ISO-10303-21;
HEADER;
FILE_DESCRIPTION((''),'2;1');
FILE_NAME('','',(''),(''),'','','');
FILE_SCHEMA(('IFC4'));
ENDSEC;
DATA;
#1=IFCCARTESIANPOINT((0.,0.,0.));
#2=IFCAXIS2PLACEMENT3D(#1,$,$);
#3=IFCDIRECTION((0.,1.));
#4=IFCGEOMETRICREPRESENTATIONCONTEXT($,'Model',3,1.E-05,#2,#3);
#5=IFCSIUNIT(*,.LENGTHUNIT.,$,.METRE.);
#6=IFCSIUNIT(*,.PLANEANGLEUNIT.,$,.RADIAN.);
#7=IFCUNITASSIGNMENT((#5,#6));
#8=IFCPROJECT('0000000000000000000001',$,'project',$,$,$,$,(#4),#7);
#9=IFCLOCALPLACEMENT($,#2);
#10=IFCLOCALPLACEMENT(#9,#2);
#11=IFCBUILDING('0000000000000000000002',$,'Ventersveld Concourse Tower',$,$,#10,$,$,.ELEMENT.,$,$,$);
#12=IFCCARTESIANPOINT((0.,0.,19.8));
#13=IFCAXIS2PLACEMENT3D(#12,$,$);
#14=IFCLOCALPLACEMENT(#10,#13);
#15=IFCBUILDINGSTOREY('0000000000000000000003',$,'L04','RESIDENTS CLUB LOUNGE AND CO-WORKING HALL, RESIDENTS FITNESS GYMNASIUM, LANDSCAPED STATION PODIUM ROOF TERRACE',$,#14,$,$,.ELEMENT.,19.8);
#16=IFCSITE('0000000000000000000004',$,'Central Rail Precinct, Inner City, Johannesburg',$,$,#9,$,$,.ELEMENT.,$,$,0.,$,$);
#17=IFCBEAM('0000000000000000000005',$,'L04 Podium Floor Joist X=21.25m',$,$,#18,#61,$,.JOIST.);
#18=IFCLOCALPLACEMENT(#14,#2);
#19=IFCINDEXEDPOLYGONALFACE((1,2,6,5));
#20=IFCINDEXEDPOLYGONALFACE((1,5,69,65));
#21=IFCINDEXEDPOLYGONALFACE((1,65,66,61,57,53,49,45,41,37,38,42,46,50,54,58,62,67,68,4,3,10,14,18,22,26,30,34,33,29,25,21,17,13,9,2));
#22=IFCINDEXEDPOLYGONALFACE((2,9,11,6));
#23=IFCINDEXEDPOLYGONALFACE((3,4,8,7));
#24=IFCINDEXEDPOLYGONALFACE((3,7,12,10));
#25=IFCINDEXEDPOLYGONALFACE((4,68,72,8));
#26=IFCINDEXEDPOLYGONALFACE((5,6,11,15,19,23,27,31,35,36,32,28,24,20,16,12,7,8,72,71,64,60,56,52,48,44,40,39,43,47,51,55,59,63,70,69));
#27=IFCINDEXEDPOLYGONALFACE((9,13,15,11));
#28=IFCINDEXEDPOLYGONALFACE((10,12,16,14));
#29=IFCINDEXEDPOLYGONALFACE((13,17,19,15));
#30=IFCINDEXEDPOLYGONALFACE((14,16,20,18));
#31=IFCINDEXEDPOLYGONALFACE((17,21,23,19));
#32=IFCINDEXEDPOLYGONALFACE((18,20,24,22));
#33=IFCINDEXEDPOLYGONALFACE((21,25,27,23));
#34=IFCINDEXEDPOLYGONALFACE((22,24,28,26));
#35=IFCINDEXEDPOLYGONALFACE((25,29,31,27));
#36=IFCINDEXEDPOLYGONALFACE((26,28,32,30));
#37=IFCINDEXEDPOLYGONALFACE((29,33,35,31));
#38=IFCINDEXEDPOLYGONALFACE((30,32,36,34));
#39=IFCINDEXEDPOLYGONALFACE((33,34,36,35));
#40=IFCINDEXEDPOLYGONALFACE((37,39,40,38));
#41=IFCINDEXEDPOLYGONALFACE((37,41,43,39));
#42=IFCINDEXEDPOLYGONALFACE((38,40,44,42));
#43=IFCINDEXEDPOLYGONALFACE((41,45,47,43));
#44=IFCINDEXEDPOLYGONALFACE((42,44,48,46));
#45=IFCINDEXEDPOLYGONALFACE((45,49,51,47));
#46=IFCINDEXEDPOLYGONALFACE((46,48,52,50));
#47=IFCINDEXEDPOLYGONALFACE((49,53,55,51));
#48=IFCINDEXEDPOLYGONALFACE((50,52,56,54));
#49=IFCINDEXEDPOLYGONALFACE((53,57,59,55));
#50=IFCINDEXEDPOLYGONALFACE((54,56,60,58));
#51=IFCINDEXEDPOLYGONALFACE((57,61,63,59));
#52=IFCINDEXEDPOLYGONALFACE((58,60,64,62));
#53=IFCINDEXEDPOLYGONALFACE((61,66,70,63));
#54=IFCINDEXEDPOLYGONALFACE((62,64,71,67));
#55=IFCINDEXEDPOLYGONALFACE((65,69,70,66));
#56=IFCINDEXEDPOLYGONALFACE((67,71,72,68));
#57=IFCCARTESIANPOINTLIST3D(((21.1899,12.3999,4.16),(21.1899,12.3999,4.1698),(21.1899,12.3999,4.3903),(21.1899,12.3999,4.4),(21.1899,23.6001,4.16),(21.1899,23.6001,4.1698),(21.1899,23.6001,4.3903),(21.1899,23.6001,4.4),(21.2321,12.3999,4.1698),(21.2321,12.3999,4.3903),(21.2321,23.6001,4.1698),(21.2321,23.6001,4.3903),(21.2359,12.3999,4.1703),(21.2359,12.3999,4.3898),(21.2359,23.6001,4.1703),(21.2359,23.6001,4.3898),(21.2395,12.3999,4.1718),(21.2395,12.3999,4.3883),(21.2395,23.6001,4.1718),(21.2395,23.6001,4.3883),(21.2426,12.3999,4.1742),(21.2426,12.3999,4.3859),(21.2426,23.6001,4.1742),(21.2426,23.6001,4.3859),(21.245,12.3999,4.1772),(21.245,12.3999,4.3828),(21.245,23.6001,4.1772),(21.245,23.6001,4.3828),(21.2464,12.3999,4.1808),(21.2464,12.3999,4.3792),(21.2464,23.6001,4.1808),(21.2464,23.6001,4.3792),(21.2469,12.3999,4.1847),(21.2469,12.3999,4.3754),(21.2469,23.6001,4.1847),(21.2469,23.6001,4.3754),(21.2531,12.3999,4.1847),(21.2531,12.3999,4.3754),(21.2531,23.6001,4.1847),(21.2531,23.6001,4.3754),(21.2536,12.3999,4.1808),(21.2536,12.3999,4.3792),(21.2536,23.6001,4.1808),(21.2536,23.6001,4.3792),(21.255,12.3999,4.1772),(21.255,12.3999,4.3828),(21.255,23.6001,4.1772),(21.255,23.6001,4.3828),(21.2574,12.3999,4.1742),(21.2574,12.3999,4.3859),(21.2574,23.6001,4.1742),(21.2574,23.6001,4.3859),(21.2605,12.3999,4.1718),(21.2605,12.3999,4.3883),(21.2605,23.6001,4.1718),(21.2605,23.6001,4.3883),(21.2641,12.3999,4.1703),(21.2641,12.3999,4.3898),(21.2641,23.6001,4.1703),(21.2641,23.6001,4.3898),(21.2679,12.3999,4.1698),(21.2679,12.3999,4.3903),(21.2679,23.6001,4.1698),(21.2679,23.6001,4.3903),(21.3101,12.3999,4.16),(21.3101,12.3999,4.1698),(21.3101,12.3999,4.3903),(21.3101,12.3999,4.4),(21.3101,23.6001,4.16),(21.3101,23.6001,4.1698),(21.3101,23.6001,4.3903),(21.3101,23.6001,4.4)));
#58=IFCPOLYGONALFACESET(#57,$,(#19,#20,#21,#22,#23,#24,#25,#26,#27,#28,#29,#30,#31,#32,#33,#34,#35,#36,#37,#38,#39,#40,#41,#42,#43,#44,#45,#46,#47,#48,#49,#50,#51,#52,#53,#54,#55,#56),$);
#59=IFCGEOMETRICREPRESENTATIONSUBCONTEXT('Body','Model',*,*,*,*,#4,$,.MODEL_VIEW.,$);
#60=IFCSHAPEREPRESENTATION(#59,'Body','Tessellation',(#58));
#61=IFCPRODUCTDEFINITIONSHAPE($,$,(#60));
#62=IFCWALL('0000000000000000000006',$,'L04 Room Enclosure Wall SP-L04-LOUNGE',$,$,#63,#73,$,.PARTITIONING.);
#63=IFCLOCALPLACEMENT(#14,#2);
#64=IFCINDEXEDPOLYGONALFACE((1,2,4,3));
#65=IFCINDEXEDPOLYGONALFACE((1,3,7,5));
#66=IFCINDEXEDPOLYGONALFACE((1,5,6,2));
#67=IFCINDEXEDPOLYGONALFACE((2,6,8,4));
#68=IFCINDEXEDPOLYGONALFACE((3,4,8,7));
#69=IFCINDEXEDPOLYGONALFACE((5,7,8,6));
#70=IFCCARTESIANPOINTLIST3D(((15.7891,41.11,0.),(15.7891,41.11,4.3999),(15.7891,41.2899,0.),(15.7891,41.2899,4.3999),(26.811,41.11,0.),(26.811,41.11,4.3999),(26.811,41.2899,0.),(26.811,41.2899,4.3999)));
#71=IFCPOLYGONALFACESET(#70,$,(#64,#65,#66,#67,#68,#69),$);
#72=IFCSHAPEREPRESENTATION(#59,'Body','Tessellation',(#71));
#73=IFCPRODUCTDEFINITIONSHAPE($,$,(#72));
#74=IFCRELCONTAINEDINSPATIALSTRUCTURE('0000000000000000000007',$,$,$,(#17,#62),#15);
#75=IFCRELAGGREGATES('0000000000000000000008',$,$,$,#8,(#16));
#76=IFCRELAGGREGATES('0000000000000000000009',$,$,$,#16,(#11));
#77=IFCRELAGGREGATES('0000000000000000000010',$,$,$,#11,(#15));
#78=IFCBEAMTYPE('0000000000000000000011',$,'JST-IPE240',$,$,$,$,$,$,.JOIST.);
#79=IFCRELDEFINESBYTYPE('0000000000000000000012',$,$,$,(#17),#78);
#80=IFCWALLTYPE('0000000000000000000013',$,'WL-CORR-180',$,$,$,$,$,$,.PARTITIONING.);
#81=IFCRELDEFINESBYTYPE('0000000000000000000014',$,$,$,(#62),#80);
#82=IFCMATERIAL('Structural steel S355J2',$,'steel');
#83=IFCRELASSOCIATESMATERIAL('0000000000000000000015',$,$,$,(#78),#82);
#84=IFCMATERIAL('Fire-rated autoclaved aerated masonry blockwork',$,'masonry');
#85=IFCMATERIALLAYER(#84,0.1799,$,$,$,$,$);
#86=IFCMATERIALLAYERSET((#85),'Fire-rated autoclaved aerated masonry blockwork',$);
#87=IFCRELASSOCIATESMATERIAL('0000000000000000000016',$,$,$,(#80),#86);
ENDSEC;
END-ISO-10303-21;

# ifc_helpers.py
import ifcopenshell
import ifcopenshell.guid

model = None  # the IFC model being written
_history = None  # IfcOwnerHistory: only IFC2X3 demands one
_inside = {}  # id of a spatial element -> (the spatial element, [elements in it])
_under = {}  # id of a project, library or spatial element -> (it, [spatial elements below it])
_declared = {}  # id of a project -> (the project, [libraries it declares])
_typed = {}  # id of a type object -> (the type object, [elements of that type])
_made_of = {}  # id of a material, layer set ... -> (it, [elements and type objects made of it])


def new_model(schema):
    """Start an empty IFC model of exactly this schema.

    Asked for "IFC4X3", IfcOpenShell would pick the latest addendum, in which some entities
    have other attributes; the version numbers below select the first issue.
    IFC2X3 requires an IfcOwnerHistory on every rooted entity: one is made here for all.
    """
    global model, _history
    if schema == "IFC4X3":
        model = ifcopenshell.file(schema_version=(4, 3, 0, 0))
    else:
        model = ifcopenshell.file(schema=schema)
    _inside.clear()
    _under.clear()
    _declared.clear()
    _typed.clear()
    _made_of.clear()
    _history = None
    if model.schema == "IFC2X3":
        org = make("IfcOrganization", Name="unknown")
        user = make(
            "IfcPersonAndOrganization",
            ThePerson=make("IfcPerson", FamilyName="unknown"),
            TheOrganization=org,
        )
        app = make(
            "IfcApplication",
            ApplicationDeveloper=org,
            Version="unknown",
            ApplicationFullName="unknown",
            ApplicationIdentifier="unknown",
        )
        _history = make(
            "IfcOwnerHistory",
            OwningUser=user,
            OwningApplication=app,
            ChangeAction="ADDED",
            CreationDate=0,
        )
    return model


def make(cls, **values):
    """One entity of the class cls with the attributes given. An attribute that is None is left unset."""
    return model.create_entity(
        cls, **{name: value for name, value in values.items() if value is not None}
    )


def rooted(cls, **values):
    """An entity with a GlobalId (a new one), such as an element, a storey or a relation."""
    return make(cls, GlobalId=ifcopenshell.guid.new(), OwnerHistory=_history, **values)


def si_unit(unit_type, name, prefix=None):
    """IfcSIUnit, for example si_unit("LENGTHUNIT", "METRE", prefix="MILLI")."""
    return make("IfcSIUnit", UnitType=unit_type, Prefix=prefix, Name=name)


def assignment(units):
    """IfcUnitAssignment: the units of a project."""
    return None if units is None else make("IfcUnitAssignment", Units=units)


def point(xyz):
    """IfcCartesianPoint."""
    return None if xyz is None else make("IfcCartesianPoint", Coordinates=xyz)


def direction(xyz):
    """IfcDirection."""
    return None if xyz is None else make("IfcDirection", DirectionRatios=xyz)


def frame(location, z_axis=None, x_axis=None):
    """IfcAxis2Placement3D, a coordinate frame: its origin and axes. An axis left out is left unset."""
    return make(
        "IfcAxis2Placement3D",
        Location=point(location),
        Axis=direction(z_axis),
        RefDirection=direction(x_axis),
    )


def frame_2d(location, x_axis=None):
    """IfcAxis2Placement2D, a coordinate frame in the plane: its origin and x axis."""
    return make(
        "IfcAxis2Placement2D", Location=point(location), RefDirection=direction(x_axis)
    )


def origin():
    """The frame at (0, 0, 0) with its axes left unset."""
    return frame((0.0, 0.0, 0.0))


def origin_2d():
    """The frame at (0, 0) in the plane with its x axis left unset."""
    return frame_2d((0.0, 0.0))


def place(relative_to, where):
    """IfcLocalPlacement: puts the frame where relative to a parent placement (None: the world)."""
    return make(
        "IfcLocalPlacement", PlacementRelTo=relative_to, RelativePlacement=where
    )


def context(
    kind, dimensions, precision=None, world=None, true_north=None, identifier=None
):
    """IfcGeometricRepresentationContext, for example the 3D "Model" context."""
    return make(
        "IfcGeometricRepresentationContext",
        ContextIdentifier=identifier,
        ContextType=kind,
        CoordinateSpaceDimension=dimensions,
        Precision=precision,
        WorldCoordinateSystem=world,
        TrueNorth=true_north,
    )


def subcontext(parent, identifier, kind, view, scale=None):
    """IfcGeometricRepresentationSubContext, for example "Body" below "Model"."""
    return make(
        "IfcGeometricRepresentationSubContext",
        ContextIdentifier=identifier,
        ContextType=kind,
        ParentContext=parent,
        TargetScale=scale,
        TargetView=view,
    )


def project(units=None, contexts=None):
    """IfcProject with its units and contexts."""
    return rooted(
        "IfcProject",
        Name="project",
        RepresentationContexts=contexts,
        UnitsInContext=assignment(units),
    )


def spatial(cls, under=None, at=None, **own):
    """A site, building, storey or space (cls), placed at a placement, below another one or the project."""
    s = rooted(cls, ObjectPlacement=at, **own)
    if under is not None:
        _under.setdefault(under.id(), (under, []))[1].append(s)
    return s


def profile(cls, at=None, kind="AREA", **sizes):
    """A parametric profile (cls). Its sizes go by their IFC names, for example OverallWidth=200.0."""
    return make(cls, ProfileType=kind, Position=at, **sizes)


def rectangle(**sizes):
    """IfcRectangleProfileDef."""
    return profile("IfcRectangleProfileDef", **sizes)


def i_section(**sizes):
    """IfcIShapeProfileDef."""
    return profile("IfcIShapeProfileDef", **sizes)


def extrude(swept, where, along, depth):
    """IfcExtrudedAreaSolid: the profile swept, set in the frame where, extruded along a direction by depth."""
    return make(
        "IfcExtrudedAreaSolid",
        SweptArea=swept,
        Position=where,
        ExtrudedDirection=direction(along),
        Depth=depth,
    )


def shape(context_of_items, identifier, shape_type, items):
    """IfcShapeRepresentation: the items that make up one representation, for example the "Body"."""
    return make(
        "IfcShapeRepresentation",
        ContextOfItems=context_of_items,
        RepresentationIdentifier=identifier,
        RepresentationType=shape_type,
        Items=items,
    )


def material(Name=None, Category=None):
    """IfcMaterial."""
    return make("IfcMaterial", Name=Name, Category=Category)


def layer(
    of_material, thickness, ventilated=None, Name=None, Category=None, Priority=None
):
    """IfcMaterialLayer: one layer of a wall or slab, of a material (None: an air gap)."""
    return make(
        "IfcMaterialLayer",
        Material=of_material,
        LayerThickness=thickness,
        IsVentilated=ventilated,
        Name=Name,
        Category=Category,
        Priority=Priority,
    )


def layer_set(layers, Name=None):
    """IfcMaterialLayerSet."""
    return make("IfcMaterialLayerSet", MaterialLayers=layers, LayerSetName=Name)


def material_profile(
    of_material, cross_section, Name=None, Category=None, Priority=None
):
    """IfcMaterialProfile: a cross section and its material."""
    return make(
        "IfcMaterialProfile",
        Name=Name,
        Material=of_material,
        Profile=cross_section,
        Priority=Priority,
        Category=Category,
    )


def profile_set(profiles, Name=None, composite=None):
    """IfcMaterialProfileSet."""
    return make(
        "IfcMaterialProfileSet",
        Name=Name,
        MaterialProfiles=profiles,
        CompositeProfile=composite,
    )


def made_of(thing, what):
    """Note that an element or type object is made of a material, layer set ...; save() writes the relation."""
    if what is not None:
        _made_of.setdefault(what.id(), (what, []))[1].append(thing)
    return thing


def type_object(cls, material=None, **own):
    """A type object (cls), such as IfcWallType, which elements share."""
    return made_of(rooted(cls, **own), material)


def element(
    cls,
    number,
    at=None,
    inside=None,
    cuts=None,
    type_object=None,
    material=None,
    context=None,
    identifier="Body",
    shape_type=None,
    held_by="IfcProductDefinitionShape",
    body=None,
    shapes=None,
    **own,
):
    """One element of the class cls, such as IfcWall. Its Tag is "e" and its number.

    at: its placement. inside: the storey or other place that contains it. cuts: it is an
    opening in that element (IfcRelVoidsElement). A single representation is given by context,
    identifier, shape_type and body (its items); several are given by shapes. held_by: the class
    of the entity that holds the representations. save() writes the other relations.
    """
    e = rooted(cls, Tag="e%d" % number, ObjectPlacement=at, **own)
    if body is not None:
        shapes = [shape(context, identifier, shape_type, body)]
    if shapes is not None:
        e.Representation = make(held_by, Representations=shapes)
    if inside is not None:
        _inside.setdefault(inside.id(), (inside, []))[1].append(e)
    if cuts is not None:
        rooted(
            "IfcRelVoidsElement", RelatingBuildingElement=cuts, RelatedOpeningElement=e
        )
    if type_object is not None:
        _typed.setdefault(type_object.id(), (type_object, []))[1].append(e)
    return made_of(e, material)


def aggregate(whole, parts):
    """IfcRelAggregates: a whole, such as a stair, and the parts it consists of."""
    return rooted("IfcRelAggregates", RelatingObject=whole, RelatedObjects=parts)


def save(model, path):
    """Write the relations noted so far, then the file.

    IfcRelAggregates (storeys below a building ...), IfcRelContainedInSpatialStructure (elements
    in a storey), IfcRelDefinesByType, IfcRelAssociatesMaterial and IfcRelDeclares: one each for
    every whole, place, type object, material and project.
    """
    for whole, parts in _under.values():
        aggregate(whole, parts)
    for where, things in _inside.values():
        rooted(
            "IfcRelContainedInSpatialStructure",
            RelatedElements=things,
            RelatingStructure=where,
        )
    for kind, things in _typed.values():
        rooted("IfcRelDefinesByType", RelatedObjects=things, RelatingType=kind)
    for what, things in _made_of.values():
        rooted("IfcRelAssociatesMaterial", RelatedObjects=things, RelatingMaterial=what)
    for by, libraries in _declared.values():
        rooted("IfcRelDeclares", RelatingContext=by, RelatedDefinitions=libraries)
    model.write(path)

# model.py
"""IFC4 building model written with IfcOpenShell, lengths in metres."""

from ifc_helpers import new_model, si_unit, direction, frame, frame_2d, origin, origin_2d, place, context, subcontext, project, spatial, rectangle, i_section, extrude, material, layer, layer_set, material_profile, profile_set, type_object, element, save


model = new_model("IFC4")

# Units and contexts
model_context = context("Model", 3, precision=1e-05, world=origin(), true_north=direction((0.0, 1.0)))
body_context = subcontext(model_context, "Body", "Model", "MODEL_VIEW")
ifc_project = project(units=[si_unit("LENGTHUNIT", "METRE"), si_unit("PLANEANGLEUNIT", "RADIAN")], contexts=[model_context])

# Site, building, storey
site_placement = place(None, origin())
site = spatial("IfcSite", under=ifc_project, at=site_placement, Name="Central Rail Precinct, Inner City, Johannesburg", CompositionType="ELEMENT", RefElevation=0.0)
building_placement = place(site_placement, origin())
building = spatial("IfcBuilding", under=site, at=building_placement, Name="Ventersveld Concourse Tower", CompositionType="ELEMENT")
storey_placement = place(building_placement, frame((0.0, 0.0, 19.8)))
storey = spatial("IfcBuildingStorey", under=building, at=storey_placement, Name="L04", Description="RESIDENTS CLUB LOUNGE AND CO-WORKING HALL, RESIDENTS FITNESS GYMNASIUM, LANDSCAPED STATION PODIUM ROOF TERRACE", CompositionType="ELEMENT", Elevation=19.8)

# Beam
ifc_material_1 = material(Name="Structural steel S355J2", Category="steel")
ifc_material_profile_1 = material_profile(ifc_material_1, i_section(OverallWidth=0.1201, OverallDepth=0.24, WebThickness=0.0061, FlangeThickness=0.0098, FilletRadius=0.0149, at=origin_2d()), Name="IPE 240")
ifc_profile_set_1 = profile_set([ifc_material_profile_1], Name="Structural steel S355J2")
beam_type_1 = type_object("IfcBeamType", Name="JST-IPE240", PredefinedType="JOIST", material=ifc_profile_set_1)
beam_1_placement = place(storey_placement, frame((21.25, 12.3999, 4.28), z_axis=(0.0, 1.0, 0.0), x_axis=(-1.0, 0.0, 0.0)))
element("IfcBeam", 1, at=beam_1_placement, inside=storey, type_object=beam_type_1, Name="L04 Podium Floor Joist X=21.25m", PredefinedType="JOIST", context=body_context, shape_type="SweptSolid", body=[
    extrude(i_section(OverallWidth=0.1201, OverallDepth=0.24, WebThickness=0.0061, FlangeThickness=0.0098, FilletRadius=0.0149, at=origin_2d()), origin(), (0.0, 0.0, 1.0), 11.2002),
])

# Wall
ifc_material_2 = material(Name="Fire-rated autoclaved aerated masonry blockwork", Category="masonry")
ifc_layer = layer(ifc_material_2, 0.1799)
ifc_layer_set = layer_set([ifc_layer], Name="Fire-rated autoclaved aerated masonry blockwork")
wall_type = type_object("IfcWallType", Name="WL-CORR-180", PredefinedType="PARTITIONING", material=ifc_layer_set)
wall_placement = place(storey_placement, frame((26.811, 41.2, 0.0), z_axis=(0.0, 0.0, 1.0), x_axis=(-1.0, 0.0, 0.0)))
element("IfcWall", 2, at=wall_placement, inside=storey, type_object=wall_type, Name="L04 Room Enclosure Wall SP-L04-LOUNGE", PredefinedType="PARTITIONING", context=body_context, shape_type="SweptSolid", body=[
    extrude(rectangle(XDim=11.022, YDim=0.1799, at=frame_2d((5.511, 0.0))), origin(), (0.0, 0.0, 1.0), 4.3999),
])

save(model, "model.ifc")
